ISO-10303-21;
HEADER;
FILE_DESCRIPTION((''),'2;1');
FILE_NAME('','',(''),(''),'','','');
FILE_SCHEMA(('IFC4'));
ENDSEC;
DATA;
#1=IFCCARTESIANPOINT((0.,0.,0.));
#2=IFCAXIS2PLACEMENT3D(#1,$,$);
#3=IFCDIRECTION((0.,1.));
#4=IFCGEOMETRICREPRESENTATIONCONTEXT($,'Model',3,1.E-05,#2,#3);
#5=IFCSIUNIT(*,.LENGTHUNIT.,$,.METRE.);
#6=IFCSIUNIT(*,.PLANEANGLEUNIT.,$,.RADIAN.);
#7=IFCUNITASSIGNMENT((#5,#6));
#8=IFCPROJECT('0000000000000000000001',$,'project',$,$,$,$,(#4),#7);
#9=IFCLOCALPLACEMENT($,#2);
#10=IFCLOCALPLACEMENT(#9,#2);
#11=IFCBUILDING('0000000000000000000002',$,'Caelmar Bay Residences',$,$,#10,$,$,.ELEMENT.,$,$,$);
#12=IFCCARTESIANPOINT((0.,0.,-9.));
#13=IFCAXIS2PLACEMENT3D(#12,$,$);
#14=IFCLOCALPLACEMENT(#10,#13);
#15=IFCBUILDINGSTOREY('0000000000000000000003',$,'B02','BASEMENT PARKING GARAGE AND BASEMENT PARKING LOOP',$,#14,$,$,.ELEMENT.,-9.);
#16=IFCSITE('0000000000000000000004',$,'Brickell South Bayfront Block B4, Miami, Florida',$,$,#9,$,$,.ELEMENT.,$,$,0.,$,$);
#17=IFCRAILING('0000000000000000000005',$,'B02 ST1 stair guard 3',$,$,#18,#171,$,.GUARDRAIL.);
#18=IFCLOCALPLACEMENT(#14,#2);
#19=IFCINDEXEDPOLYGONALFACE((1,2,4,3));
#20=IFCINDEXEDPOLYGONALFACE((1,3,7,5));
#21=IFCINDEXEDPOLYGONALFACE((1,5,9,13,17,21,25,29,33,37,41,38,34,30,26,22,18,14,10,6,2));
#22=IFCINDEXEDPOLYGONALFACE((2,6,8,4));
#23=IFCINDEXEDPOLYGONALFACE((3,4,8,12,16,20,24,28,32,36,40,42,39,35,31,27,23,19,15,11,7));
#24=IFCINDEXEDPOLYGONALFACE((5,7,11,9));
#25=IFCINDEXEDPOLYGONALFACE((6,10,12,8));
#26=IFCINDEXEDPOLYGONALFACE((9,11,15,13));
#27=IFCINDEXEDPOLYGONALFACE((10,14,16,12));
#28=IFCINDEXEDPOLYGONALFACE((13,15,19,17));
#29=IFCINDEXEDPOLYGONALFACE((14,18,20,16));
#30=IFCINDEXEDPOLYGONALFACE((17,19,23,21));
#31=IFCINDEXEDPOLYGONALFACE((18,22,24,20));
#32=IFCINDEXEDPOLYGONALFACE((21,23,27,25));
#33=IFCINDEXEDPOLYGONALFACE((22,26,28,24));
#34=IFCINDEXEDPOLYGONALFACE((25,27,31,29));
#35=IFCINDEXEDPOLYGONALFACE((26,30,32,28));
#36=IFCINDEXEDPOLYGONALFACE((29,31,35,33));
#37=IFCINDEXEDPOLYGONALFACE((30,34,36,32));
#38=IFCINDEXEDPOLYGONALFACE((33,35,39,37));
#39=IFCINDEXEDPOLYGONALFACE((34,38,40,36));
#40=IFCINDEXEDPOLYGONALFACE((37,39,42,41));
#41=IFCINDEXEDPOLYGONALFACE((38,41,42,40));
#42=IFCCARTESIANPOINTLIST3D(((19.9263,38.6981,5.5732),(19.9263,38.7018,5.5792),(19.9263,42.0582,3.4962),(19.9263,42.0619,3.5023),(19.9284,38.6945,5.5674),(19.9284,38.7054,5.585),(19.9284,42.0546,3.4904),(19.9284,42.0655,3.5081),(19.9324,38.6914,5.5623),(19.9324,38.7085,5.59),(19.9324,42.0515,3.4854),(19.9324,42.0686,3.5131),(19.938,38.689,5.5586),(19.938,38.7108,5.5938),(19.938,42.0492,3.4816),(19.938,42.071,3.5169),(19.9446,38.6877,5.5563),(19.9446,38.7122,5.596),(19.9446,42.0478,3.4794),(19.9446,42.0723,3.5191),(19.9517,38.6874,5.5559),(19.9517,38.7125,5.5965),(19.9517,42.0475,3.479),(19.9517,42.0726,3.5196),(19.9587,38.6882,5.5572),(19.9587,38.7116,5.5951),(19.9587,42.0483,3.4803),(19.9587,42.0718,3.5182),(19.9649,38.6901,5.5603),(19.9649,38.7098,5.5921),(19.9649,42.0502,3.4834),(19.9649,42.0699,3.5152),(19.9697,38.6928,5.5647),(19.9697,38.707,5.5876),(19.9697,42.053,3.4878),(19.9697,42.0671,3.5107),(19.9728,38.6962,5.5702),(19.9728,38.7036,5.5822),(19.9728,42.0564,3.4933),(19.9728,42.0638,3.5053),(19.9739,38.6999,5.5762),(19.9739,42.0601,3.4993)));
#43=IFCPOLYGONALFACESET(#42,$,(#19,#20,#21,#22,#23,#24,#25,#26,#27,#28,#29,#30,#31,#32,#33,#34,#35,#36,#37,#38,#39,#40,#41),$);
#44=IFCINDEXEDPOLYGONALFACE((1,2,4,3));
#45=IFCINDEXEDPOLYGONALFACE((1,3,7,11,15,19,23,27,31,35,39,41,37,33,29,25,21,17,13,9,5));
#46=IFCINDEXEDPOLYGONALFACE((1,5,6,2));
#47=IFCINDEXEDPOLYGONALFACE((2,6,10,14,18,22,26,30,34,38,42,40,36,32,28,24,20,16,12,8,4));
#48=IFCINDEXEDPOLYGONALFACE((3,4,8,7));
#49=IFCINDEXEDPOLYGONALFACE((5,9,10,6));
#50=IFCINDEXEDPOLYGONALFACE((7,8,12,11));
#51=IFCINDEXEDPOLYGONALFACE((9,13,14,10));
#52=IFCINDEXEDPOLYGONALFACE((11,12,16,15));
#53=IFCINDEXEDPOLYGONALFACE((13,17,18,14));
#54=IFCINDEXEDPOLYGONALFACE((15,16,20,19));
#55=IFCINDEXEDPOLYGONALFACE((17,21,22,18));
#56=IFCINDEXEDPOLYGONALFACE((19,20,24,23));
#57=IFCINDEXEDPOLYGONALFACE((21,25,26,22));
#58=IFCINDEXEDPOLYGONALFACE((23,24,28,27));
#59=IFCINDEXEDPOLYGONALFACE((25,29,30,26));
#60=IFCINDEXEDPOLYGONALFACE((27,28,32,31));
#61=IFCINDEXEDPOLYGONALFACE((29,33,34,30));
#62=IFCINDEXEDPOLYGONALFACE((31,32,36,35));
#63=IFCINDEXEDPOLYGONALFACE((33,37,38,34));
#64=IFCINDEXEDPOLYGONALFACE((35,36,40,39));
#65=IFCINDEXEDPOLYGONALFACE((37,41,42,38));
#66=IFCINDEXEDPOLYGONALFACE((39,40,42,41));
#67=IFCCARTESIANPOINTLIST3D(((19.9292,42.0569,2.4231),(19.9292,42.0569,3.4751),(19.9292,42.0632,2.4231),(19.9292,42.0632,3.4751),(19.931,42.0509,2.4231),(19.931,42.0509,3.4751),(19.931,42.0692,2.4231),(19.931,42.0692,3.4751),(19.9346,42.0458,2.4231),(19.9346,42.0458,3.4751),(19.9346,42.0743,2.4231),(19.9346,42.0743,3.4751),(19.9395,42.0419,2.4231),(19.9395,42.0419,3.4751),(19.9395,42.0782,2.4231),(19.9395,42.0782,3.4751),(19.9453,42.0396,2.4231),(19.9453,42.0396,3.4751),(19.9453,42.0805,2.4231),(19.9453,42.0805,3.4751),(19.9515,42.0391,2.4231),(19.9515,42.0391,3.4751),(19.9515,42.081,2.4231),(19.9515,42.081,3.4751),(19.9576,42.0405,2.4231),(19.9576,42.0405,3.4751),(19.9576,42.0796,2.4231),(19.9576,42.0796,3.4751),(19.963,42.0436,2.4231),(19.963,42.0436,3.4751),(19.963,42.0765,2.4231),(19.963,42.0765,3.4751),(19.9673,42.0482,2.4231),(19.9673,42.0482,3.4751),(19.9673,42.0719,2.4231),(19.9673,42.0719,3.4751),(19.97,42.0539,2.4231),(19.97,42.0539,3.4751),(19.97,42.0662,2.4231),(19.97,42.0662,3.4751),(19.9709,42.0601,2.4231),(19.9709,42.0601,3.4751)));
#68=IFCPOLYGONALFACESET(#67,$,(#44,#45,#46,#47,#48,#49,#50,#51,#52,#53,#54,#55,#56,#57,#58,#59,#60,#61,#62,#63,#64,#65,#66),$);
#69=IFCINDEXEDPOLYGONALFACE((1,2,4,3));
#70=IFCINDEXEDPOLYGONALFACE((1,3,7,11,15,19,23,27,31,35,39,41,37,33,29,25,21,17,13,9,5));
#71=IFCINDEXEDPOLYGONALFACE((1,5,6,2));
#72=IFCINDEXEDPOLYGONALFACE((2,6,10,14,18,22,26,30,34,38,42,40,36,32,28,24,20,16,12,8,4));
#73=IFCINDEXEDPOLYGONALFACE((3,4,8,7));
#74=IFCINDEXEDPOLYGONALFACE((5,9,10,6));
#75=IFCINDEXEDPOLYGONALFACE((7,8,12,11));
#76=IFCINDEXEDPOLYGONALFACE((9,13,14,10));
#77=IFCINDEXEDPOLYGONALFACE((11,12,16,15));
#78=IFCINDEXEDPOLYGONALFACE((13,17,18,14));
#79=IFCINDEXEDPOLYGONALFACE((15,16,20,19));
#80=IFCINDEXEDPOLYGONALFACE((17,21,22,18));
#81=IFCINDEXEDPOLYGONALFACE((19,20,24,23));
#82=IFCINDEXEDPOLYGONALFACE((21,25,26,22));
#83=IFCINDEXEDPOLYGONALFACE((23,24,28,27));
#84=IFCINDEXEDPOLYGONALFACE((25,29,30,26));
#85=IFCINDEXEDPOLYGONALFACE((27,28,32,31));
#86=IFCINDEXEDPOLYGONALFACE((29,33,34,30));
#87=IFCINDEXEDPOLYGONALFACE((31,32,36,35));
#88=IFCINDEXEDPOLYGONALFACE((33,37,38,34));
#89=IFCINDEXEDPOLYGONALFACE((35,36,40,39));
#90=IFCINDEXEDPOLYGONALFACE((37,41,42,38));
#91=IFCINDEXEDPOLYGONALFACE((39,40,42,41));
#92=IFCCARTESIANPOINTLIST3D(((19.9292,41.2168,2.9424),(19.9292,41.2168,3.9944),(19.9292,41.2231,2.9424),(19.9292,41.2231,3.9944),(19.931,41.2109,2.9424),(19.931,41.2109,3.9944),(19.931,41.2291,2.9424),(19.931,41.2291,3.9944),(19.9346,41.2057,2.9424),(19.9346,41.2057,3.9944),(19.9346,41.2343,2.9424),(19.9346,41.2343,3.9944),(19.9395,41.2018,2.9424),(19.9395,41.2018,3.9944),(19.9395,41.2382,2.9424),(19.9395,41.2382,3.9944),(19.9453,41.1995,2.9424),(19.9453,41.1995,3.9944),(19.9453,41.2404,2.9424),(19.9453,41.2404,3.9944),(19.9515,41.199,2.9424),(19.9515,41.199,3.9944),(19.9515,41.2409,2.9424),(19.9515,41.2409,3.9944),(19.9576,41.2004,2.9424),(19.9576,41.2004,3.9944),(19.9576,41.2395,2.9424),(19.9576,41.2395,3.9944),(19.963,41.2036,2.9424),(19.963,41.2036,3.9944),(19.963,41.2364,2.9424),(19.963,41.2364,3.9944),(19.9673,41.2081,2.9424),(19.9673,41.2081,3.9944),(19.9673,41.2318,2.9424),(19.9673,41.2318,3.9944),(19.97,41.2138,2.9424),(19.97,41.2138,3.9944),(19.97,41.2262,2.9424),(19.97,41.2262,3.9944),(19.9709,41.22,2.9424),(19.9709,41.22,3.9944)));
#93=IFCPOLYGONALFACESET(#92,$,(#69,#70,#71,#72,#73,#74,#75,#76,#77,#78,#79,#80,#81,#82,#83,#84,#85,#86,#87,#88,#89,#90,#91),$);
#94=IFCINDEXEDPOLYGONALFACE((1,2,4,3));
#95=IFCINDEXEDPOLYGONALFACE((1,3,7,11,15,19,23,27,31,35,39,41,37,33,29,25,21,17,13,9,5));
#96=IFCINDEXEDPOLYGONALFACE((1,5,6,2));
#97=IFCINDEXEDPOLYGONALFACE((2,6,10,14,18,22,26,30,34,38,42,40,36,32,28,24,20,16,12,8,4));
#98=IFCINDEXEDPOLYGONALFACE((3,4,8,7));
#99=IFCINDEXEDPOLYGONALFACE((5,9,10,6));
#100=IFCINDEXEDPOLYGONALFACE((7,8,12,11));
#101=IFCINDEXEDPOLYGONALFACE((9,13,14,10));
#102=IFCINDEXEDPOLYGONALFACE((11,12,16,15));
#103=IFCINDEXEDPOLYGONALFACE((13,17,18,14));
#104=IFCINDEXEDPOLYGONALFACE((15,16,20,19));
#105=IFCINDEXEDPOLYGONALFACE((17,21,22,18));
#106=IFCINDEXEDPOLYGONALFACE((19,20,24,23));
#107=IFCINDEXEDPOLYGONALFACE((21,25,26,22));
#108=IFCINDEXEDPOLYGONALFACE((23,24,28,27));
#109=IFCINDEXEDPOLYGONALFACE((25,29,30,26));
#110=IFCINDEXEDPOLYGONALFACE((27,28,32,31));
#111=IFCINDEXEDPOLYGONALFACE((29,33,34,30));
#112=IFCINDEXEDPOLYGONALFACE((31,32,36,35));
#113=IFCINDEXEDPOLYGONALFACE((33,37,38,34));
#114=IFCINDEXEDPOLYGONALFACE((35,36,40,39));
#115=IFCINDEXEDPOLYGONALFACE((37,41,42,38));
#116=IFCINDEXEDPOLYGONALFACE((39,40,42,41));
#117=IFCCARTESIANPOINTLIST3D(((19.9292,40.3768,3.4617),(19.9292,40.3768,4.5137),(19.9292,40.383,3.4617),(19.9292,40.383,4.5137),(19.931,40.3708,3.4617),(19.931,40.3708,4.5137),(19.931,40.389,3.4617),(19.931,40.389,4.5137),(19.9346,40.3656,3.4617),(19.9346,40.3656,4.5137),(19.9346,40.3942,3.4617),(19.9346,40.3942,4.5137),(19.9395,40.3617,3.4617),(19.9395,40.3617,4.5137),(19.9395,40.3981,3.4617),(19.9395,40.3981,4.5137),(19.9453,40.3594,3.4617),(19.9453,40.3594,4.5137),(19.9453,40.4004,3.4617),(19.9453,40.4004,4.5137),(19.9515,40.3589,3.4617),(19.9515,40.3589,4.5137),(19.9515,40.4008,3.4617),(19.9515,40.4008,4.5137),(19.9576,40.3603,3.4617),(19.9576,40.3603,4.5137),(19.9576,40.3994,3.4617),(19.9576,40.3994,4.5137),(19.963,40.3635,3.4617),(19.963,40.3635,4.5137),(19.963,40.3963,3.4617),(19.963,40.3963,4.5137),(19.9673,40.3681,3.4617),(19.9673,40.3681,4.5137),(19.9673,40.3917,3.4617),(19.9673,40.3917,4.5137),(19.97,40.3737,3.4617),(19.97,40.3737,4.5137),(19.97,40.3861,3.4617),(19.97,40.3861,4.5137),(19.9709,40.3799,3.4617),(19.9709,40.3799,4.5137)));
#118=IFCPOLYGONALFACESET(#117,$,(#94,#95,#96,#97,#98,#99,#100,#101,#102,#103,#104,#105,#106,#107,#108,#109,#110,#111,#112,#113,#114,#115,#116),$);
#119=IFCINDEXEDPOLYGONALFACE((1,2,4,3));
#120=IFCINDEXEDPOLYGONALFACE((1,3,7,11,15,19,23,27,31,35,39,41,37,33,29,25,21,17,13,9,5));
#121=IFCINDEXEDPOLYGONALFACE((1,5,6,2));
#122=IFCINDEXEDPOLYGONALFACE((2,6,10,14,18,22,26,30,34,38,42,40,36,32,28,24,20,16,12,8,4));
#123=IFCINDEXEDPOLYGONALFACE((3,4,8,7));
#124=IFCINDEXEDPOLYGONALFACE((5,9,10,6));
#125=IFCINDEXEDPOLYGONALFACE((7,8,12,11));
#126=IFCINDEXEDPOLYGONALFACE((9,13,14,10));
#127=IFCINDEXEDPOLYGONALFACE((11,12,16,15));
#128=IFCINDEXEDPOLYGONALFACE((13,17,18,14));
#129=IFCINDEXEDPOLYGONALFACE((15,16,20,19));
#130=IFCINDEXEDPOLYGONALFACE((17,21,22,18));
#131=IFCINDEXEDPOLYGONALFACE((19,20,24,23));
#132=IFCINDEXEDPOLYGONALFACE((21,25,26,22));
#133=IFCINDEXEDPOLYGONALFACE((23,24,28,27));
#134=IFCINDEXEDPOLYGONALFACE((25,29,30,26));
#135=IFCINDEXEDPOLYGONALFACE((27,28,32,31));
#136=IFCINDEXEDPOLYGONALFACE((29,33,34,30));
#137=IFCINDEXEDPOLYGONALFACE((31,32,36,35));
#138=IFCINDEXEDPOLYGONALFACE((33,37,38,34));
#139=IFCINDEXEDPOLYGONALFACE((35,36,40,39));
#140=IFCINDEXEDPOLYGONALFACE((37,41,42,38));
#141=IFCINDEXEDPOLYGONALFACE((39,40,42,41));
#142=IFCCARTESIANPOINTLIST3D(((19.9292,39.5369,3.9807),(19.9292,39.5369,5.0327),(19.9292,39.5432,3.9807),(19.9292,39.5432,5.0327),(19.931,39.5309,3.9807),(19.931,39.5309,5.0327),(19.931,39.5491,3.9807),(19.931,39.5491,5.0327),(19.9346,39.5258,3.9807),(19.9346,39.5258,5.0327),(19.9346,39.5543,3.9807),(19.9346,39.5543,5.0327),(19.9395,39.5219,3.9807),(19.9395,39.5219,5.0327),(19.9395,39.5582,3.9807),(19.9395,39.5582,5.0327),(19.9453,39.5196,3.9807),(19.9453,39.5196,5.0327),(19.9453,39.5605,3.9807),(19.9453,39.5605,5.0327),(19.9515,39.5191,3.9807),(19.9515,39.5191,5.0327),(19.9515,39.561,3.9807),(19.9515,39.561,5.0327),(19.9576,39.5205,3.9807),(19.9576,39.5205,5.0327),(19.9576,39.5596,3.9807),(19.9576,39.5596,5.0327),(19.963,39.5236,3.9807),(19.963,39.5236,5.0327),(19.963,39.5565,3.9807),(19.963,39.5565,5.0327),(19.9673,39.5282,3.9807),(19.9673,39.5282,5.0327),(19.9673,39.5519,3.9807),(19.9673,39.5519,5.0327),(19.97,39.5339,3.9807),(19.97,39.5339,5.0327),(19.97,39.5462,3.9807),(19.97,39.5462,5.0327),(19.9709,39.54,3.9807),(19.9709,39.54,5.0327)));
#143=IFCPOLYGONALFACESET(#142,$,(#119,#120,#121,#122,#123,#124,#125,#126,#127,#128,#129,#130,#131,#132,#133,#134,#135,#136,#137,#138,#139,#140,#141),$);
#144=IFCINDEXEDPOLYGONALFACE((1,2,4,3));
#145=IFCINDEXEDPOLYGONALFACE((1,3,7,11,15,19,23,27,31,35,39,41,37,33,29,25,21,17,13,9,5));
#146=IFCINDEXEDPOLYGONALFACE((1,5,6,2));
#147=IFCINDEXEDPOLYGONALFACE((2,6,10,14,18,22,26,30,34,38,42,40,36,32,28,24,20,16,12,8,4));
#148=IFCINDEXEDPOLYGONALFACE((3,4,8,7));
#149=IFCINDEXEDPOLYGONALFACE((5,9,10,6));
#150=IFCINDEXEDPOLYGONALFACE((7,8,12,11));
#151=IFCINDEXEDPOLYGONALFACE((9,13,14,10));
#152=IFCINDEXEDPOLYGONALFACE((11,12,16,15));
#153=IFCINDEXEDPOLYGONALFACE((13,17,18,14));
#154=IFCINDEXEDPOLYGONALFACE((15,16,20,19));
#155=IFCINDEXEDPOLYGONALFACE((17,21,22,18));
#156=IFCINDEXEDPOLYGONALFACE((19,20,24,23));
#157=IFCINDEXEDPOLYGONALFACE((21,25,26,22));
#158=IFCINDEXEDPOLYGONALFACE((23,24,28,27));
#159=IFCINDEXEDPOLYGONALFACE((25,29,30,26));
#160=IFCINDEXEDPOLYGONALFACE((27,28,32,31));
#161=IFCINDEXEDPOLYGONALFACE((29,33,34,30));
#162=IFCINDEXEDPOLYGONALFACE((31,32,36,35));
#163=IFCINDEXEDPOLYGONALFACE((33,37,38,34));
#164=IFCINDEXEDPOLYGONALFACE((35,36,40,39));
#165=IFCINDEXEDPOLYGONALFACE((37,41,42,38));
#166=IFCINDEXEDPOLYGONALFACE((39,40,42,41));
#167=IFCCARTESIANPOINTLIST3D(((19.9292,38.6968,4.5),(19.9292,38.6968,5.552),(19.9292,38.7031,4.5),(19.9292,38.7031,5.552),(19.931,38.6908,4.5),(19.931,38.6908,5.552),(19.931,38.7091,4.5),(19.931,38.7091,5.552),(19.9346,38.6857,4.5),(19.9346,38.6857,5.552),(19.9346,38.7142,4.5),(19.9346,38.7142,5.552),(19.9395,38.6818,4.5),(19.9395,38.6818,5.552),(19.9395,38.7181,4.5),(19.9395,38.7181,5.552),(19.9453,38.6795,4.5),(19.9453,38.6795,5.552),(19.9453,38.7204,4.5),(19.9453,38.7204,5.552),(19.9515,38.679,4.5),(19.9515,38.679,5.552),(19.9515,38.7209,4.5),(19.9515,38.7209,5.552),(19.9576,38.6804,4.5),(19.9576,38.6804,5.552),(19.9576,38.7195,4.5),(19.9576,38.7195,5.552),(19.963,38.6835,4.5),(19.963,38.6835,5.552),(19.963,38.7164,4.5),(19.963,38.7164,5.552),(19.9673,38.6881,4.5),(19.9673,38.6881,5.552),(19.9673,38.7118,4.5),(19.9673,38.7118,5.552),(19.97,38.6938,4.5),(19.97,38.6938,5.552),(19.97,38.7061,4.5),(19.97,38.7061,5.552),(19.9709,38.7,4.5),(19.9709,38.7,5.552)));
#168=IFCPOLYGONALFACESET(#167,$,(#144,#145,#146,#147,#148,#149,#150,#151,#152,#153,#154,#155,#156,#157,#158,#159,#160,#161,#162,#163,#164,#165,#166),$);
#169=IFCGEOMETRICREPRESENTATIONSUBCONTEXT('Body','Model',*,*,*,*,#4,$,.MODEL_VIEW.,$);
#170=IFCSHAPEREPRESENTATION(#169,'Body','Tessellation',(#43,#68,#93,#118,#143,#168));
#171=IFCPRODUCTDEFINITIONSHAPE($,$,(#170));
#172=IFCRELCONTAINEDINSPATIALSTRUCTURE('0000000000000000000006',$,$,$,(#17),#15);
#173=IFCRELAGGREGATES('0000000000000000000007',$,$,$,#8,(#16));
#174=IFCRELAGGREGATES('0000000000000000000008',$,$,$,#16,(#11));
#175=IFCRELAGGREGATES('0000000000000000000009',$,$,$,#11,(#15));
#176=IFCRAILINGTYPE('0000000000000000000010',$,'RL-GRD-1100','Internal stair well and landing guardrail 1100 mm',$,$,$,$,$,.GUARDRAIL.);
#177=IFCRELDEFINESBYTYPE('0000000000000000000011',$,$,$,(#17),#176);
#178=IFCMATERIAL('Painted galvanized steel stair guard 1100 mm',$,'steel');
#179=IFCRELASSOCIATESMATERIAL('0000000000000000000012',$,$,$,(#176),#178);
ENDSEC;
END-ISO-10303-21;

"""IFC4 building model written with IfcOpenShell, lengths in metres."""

from ifc_helpers import new_model, si_unit, direction, frame, origin, origin_2d, place, context, subcontext, project, spatial, circle, extrude, material, type_object, element, save


model = new_model("IFC4")

# Units and contexts
model_context = context("Model", 3, precision=1e-05, world=origin(), true_north=direction((0.0, 1.0)))
body_context = subcontext(model_context, "Body", "Model", "MODEL_VIEW")
ifc_project = project(units=[si_unit("LENGTHUNIT", "METRE"), si_unit("PLANEANGLEUNIT", "RADIAN")], contexts=[model_context])

# Site, building, storey
site_placement = place(None, origin())
site = spatial("IfcSite", under=ifc_project, at=site_placement, Name="Brickell South Bayfront Block B4, Miami, Florida", CompositionType="ELEMENT", RefElevation=0.0)
building_placement = place(site_placement, origin())
building = spatial("IfcBuilding", under=site, at=building_placement, Name="Caelmar Bay Residences", CompositionType="ELEMENT")
storey_placement = place(building_placement, frame((0.0, 0.0, -9.0)))
storey = spatial("IfcBuildingStorey", under=building, at=storey_placement, Name="B02", Description="BASEMENT PARKING GARAGE AND BASEMENT PARKING LOOP", CompositionType="ELEMENT", Elevation=-9.0)

# Railing
ifc_material_1 = material(Name="Painted galvanized steel stair guard 1100 mm", Category="steel")
railing_type_1 = type_object("IfcRailingType", Name="RL-GRD-1100", Description="Internal stair well and landing guardrail 1100 mm", PredefinedType="GUARDRAIL", material=ifc_material_1)
railing_1_placement = place(storey_placement, frame((19.95, 42.0601, 2.4231)))
element("IfcRailing", 1, at=railing_1_placement, inside=storey, type_object=railing_type_1, Name="B02 ST1 stair guard 3", PredefinedType="GUARDRAIL", context=body_context, shape_type="SweptSolid", body=[
    extrude(circle(Radius=0.0239, at=origin_2d()), frame((0.0, 0.0, 1.0762), z_axis=(0.0, -0.850623, 0.525776), x_axis=(1.0, 0.0, 0.0)), (0.0, 0.0, 1.0), 3.9502),
    extrude(circle(Radius=0.021, at=origin_2d()), origin(), (0.0, 0.0, 1.0), 1.052),
    extrude(circle(Radius=0.021, at=origin_2d()), frame((0.0, -0.8401, 0.5193)), (0.0, 0.0, 1.0), 1.052),
    extrude(circle(Radius=0.021, at=origin_2d()), frame((0.0, -1.6802, 1.0386)), (0.0, 0.0, 1.0), 1.052),
    extrude(circle(Radius=0.021, at=origin_2d()), frame((0.0, -2.52, 1.5576)), (0.0, 0.0, 1.0), 1.052),
    extrude(circle(Radius=0.021, at=origin_2d()), frame((0.0, -3.3601, 2.0769)), (0.0, 0.0, 1.0), 1.052),
])

save(model, "model.ifc")
